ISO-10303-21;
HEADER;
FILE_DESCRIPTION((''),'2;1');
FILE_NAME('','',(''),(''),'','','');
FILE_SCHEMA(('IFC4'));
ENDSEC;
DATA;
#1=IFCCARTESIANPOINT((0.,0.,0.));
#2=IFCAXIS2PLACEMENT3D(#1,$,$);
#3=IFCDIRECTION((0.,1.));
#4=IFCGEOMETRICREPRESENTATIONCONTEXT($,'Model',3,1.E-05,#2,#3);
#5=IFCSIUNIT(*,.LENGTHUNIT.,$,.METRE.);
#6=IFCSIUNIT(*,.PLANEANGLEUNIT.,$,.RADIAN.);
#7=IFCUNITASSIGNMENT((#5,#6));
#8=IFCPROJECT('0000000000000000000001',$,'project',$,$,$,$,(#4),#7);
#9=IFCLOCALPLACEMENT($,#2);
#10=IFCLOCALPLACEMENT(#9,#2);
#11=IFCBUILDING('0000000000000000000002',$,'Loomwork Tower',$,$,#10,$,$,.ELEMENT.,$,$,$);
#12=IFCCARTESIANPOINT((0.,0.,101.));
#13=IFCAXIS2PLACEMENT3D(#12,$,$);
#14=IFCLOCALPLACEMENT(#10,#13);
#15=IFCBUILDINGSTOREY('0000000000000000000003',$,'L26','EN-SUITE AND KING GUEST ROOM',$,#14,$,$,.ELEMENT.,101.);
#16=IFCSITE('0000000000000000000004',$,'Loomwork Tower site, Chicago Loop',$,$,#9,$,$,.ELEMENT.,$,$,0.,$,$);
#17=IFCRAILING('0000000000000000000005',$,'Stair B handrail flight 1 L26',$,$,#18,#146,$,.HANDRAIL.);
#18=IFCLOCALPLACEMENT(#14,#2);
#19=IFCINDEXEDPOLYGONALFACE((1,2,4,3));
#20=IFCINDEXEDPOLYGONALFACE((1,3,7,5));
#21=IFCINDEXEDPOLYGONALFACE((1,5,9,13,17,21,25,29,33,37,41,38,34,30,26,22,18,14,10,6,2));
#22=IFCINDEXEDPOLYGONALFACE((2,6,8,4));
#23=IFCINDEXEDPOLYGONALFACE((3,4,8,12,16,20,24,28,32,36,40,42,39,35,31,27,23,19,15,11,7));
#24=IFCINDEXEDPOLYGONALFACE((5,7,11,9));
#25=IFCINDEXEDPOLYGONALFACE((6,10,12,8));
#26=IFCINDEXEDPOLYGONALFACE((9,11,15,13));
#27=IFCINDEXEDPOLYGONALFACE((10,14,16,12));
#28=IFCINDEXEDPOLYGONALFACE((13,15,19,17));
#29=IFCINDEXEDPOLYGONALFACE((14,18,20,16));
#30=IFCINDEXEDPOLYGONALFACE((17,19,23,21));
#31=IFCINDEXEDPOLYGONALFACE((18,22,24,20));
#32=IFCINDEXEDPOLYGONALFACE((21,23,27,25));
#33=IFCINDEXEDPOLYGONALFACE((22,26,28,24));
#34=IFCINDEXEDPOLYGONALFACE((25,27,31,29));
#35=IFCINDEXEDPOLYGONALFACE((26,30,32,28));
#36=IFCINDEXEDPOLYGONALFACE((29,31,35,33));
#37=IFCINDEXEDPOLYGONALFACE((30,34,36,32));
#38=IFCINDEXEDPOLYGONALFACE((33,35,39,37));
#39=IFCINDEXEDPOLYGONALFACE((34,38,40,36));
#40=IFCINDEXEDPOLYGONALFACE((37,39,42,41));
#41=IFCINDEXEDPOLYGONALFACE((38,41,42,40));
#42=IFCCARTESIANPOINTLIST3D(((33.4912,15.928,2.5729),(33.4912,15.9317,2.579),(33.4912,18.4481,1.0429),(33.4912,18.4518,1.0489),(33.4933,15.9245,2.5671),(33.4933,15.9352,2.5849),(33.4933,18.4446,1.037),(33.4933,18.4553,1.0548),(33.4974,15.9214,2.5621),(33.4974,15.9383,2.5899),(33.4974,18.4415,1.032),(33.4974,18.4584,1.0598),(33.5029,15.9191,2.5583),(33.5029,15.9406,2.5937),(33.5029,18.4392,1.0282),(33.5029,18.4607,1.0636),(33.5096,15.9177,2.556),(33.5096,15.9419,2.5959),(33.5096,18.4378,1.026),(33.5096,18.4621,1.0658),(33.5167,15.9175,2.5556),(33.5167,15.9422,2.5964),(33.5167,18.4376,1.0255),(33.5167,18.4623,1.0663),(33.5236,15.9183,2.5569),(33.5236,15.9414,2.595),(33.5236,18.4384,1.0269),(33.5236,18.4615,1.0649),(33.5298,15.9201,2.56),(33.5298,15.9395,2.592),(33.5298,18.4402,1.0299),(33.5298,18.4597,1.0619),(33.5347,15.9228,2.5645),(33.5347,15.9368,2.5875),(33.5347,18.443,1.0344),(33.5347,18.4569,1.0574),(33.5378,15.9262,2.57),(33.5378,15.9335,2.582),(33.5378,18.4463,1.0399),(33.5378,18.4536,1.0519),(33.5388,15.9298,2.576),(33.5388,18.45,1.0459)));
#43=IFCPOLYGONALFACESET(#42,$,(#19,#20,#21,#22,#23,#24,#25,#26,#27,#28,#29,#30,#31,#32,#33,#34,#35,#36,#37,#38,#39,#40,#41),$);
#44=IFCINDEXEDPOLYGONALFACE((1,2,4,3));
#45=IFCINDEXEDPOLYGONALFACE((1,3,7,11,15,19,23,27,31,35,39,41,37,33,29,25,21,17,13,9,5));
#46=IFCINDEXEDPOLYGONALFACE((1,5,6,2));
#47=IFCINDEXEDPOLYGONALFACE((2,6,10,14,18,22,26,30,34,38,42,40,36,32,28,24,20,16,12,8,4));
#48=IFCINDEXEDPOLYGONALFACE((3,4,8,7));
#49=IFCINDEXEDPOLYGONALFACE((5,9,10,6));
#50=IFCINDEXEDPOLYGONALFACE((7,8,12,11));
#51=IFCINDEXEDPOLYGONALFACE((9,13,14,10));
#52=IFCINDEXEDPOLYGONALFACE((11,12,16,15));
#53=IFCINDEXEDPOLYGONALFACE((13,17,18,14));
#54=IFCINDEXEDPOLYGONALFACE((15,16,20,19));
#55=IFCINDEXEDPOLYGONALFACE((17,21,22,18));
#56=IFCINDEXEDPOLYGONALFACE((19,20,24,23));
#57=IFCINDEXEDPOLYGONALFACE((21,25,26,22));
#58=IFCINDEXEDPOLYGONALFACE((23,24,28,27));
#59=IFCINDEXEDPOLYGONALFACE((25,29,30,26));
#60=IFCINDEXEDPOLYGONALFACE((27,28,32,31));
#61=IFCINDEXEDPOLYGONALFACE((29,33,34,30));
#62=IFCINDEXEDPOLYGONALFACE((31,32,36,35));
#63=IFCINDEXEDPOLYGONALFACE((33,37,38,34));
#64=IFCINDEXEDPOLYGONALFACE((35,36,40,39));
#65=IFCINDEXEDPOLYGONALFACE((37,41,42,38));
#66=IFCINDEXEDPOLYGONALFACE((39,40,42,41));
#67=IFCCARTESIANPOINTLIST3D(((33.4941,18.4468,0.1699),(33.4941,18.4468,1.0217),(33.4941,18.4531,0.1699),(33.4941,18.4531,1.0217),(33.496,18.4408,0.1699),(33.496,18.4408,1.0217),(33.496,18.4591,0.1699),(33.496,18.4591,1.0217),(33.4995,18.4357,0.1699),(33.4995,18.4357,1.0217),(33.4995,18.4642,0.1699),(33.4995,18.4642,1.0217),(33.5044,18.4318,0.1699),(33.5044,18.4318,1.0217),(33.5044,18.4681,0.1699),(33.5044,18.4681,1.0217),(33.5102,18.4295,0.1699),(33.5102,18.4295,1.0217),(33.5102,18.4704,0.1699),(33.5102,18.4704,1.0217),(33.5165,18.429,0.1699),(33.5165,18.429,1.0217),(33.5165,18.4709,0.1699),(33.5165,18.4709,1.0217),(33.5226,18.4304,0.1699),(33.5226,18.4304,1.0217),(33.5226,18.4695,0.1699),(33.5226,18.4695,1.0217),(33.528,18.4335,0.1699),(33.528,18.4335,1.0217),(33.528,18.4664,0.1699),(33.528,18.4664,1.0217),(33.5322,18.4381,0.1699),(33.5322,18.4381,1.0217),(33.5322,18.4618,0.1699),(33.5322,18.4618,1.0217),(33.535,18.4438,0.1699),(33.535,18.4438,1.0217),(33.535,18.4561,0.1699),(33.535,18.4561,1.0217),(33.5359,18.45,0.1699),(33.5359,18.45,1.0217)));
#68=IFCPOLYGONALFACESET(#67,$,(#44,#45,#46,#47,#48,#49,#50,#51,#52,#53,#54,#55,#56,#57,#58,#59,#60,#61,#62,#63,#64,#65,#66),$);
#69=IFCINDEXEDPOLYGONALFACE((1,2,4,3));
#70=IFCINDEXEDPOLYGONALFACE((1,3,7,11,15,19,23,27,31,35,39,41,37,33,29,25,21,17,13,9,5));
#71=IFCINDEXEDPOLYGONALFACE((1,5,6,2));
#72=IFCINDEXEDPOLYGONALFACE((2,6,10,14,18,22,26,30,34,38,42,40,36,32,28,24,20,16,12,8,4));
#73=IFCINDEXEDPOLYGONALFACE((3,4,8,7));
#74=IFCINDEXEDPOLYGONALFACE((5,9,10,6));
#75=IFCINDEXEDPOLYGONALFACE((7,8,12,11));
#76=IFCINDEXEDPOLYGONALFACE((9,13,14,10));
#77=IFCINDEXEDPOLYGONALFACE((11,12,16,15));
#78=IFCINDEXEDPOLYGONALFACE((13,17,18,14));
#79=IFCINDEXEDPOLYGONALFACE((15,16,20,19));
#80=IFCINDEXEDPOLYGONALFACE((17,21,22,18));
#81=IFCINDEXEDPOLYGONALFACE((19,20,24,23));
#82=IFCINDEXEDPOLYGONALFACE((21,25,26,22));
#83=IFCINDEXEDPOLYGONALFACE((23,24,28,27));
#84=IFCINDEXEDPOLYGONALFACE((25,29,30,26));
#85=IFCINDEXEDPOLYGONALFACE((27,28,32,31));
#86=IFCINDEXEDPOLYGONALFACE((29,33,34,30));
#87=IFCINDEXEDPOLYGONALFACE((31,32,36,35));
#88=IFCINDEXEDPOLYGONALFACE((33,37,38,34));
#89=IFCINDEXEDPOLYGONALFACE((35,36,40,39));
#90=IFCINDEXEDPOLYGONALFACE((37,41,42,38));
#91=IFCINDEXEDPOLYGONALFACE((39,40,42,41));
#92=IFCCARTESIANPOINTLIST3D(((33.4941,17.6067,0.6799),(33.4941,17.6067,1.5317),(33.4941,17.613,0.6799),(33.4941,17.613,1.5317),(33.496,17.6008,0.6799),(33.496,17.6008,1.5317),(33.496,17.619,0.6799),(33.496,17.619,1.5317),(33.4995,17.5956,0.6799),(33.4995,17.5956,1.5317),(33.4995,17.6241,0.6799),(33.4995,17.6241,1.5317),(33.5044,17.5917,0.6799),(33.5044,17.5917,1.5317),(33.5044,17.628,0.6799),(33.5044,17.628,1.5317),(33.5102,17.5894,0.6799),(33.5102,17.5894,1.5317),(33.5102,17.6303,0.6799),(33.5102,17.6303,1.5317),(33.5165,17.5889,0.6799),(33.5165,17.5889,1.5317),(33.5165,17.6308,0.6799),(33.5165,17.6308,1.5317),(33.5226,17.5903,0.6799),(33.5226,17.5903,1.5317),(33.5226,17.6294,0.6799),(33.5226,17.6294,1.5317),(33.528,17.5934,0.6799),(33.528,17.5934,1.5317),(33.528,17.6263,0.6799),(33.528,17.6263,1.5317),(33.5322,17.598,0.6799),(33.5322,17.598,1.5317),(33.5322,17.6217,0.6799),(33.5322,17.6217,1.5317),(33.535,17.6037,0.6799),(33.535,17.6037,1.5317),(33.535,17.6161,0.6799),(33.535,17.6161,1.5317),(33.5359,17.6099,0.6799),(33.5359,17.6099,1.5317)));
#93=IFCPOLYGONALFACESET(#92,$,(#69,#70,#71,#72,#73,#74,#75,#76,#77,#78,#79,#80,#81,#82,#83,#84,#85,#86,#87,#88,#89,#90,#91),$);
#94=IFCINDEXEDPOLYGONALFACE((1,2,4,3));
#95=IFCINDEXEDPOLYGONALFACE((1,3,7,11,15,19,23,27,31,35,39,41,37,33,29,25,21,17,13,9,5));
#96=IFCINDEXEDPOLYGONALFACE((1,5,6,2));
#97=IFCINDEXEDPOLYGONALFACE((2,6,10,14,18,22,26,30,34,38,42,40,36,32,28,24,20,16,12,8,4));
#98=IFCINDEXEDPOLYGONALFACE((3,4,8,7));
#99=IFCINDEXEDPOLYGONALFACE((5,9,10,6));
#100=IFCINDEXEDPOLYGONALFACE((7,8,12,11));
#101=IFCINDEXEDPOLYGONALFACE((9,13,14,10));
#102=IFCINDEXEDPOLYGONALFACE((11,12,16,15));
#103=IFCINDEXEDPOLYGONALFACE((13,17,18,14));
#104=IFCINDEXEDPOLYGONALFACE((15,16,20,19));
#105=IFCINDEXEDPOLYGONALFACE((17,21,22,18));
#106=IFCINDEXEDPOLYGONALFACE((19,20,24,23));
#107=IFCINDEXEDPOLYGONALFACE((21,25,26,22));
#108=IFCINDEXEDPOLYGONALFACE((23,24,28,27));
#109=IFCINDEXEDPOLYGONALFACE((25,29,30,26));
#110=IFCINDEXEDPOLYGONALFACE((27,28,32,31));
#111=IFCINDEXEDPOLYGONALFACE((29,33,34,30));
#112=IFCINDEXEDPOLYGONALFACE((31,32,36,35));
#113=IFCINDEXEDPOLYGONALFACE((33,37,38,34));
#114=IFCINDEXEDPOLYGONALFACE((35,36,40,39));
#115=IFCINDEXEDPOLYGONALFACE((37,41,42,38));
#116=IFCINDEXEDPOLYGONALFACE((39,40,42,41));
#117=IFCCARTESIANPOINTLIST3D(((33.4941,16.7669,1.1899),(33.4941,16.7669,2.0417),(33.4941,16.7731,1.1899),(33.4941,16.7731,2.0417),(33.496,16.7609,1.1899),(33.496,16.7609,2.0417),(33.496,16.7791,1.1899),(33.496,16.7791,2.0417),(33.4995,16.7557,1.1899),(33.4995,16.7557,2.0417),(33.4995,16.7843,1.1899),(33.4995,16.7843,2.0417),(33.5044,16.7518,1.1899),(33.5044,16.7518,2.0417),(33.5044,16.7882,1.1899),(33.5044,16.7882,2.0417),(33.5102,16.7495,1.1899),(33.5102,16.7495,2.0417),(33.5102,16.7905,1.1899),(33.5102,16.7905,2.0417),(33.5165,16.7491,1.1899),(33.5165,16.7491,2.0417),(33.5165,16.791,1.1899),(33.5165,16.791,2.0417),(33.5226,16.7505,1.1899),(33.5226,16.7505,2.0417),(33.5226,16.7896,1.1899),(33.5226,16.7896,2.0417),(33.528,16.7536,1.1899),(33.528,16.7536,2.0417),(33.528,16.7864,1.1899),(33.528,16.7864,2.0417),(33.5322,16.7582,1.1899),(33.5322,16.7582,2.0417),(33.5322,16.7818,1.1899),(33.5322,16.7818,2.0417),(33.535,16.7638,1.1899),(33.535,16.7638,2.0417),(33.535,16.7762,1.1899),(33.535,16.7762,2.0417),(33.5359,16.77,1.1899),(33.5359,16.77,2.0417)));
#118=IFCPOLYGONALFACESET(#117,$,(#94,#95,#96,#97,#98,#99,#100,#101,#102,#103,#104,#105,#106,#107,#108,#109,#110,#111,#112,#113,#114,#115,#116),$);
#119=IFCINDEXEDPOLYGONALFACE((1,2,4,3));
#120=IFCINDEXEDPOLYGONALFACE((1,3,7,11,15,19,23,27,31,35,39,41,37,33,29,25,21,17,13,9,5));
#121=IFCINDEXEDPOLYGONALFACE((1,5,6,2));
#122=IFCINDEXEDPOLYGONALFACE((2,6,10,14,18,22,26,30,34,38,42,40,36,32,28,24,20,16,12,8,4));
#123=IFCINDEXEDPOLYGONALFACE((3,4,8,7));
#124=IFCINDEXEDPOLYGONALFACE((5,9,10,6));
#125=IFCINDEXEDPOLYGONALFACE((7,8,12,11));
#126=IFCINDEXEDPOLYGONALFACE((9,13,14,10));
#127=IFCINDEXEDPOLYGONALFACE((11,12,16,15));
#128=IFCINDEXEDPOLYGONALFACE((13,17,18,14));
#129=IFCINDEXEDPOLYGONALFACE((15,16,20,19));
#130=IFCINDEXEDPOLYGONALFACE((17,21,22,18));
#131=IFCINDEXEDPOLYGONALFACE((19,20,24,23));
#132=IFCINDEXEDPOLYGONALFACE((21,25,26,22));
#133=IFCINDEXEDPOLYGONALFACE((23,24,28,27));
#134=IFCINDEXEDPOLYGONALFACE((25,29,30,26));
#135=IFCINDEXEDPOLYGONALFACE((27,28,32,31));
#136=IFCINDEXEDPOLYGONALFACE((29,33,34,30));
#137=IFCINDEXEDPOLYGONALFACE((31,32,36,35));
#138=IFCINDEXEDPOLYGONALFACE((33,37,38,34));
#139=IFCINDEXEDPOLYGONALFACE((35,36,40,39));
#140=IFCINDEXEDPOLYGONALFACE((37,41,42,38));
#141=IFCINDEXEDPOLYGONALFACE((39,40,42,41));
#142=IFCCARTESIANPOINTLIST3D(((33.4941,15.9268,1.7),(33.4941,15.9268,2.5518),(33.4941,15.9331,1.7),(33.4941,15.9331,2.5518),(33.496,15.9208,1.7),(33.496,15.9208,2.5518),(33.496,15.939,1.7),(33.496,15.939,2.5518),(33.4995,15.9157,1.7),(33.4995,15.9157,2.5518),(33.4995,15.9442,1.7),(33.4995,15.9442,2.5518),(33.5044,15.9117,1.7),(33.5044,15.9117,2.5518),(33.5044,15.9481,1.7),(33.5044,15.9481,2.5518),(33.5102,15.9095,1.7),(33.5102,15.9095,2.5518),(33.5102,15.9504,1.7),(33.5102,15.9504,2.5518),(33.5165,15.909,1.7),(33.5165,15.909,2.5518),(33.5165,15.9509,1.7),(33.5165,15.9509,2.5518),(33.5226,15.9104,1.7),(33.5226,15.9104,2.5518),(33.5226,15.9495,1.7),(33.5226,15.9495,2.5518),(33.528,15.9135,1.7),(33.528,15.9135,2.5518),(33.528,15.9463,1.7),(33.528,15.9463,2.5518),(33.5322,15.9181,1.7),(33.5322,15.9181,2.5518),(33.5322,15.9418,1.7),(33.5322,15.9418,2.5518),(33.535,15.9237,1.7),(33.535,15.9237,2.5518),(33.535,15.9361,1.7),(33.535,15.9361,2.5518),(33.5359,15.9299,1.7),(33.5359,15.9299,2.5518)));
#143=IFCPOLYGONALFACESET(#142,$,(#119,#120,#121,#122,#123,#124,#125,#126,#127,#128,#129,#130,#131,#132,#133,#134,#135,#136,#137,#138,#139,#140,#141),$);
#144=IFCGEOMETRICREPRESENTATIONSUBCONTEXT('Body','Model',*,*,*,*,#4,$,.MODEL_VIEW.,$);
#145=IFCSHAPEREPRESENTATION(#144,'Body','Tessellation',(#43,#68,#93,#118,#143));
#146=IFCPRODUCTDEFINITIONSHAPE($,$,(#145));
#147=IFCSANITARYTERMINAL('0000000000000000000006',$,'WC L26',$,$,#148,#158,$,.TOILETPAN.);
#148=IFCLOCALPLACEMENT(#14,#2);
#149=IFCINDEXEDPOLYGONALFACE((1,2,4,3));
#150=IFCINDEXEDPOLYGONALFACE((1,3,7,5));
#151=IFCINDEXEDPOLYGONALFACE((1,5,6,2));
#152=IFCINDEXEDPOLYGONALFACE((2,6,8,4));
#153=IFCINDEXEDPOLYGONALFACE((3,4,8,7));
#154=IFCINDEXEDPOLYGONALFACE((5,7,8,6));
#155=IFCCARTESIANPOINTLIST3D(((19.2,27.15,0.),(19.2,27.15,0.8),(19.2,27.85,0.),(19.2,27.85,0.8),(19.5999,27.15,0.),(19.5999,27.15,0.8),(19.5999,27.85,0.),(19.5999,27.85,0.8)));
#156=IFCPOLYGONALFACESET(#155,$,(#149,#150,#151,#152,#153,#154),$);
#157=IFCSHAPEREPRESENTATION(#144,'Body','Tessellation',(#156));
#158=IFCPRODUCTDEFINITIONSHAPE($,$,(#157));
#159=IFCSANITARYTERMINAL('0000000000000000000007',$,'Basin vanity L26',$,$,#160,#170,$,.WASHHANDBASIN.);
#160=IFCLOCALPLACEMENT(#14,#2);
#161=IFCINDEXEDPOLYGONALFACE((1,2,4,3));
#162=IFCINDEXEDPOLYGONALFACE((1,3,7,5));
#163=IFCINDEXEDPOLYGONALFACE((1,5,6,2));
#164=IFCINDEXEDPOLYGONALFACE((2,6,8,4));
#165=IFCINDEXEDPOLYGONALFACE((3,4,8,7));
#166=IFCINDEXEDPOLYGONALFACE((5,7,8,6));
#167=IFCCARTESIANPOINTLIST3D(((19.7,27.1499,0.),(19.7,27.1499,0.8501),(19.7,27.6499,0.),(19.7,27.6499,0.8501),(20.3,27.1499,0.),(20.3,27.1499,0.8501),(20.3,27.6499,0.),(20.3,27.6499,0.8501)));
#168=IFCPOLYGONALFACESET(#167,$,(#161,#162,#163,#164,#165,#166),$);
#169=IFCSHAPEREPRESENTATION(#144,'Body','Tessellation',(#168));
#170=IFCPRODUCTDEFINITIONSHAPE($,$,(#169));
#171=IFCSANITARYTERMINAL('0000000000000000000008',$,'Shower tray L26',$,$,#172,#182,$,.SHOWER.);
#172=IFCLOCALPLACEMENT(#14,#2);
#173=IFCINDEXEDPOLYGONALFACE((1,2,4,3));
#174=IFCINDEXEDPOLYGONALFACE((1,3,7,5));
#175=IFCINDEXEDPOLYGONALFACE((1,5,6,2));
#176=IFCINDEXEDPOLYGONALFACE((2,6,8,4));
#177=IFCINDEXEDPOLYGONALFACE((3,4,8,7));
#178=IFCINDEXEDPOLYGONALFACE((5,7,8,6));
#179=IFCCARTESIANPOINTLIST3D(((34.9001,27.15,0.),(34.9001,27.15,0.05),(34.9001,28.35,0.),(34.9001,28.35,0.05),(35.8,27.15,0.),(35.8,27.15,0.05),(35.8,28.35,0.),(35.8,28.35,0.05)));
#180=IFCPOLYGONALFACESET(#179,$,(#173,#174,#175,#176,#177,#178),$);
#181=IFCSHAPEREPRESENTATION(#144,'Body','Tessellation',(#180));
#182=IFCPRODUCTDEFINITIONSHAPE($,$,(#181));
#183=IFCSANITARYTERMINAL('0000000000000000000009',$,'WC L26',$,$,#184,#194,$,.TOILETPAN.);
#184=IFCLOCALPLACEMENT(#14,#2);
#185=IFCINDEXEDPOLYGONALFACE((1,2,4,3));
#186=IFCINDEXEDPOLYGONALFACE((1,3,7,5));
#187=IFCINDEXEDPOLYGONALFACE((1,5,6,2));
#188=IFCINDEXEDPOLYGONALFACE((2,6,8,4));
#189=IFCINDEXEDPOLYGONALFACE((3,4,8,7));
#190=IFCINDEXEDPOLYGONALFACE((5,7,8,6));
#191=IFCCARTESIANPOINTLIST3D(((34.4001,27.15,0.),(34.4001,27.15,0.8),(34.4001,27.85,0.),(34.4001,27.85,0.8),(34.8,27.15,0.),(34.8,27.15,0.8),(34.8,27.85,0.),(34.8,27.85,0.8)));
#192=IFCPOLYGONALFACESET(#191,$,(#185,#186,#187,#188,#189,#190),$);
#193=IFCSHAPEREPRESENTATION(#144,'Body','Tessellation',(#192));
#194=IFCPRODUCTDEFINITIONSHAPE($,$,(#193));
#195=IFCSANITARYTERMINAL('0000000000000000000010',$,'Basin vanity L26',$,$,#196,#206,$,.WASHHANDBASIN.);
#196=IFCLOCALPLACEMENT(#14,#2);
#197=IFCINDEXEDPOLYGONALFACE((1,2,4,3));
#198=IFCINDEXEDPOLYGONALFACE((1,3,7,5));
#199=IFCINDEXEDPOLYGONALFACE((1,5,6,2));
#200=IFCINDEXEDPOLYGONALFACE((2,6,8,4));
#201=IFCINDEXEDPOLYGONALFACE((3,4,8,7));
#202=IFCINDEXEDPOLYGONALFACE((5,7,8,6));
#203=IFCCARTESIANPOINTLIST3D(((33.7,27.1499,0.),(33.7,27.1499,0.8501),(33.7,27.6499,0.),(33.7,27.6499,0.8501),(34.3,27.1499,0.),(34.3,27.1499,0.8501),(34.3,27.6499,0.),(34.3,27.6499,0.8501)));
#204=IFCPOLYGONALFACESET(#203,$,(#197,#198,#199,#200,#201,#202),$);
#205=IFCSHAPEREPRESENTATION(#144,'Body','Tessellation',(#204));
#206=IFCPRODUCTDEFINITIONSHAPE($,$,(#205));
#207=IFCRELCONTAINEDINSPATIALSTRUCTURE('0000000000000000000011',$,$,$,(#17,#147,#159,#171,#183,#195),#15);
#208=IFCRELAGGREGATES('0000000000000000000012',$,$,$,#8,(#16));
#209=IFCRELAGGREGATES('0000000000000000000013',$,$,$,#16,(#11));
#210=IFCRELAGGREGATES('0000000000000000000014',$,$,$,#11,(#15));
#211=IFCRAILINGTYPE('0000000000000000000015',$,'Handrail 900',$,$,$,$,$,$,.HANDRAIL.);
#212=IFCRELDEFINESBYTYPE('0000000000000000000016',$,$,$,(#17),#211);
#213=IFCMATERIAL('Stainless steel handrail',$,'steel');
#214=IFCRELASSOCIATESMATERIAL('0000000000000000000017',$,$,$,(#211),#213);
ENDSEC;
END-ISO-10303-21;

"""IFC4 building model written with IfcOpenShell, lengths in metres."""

from ifc_helpers import new_model, si_unit, direction, frame, origin, origin_2d, place, context, subcontext, project, spatial, rectangle, circle, extrude, material, type_object, element, save


model = new_model("IFC4")

# Units and contexts
model_context = context("Model", 3, precision=1e-05, world=origin(), true_north=direction((0.0, 1.0)))
body_context = subcontext(model_context, "Body", "Model", "MODEL_VIEW")
ifc_project = project(units=[si_unit("LENGTHUNIT", "METRE"), si_unit("PLANEANGLEUNIT", "RADIAN")], contexts=[model_context])

# Site, building, storey
site_placement = place(None, origin())
site = spatial("IfcSite", under=ifc_project, at=site_placement, Name="Loomwork Tower site, Chicago Loop", CompositionType="ELEMENT", RefElevation=0.0)
building_placement = place(site_placement, origin())
building = spatial("IfcBuilding", under=site, at=building_placement, Name="Loomwork Tower", CompositionType="ELEMENT")
storey_placement = place(building_placement, frame((0.0, 0.0, 101.0)))
storey = spatial("IfcBuildingStorey", under=building, at=storey_placement, Name="L26", Description="EN-SUITE AND KING GUEST ROOM", CompositionType="ELEMENT", Elevation=101.0)

# Railing
ifc_material_1 = material(Name="Stainless steel handrail", Category="steel")
railing_type = type_object("IfcRailingType", Name="Handrail 900", PredefinedType="HANDRAIL", material=ifc_material_1)
railing_placement = place(storey_placement, frame((33.5149, 18.45, 0.1699)))
element("IfcRailing", 1, at=railing_placement, inside=storey, type_object=railing_type, Name="Stair B handrail flight 1 L26", PredefinedType="HANDRAIL", context=body_context, shape_type="SweptSolid", body=[
    extrude(circle(Radius=0.0239, at=origin_2d()), frame((0.0, 0.0, 0.876), z_axis=(0.0, -0.854785, 0.518982), x_axis=(1.0, 0.0, 0.0)), (0.0, 0.0, 1.0), 2.9482),
    extrude(circle(Radius=0.021, at=origin_2d()), origin(), (0.0, 0.0, 1.0), 0.8518),
    extrude(circle(Radius=0.021, at=origin_2d()), frame((0.0, -0.8401, 0.51)), (0.0, 0.0, 1.0), 0.8518),
    extrude(circle(Radius=0.021, at=origin_2d()), frame((0.0, -1.6799, 1.02)), (0.0, 0.0, 1.0), 0.8518),
    extrude(circle(Radius=0.021, at=origin_2d()), frame((0.0, -2.52, 1.53)), (0.0, 0.0, 1.0), 0.8518),
])

# Sanitary terminals
sanitary_terminal_1_placement = place(storey_placement, frame((19.3999, 27.5, 0.0), z_axis=(0.0, 0.0, 1.0), x_axis=(1.0, 0.0, 0.0)))
element("IfcSanitaryTerminal", 2, at=sanitary_terminal_1_placement, inside=storey, Name="WC L26", PredefinedType="TOILETPAN", context=body_context, shape_type="SweptSolid", body=[
    extrude(rectangle(XDim=0.3999, YDim=0.7, at=origin_2d()), origin(), (0.0, 0.0, 1.0), 0.8),
])
sanitary_terminal_2_placement = place(storey_placement, frame((20.0, 27.3999, 0.0), z_axis=(0.0, 0.0, 1.0), x_axis=(1.0, 0.0, 0.0)))
element("IfcSanitaryTerminal", 3, at=sanitary_terminal_2_placement, inside=storey, Name="Basin vanity L26", PredefinedType="WASHHANDBASIN", context=body_context, shape_type="SweptSolid", body=[
    extrude(rectangle(XDim=0.6001, YDim=0.5, at=origin_2d()), origin(), (0.0, 0.0, 1.0), 0.8501),
])
sanitary_terminal_3_placement = place(storey_placement, frame((35.3501, 27.75, 0.0), z_axis=(0.0, 0.0, 1.0), x_axis=(1.0, 0.0, 0.0)))
element("IfcSanitaryTerminal", 4, at=sanitary_terminal_3_placement, inside=storey, Name="Shower tray L26", PredefinedType="SHOWER", context=body_context, shape_type="SweptSolid", body=[
    extrude(rectangle(XDim=0.8999, YDim=1.2, at=origin_2d()), origin(), (0.0, 0.0, 1.0), 0.05),
])
sanitary_terminal_4_placement = place(storey_placement, frame((34.6001, 27.5, 0.0), z_axis=(0.0, 0.0, 1.0), x_axis=(1.0, 0.0, 0.0)))
element("IfcSanitaryTerminal", 5, at=sanitary_terminal_4_placement, inside=storey, Name="WC L26", PredefinedType="TOILETPAN", context=body_context, shape_type="SweptSolid", body=[
    extrude(rectangle(XDim=0.3999, YDim=0.7, at=origin_2d()), origin(), (0.0, 0.0, 1.0), 0.8),
])
sanitary_terminal_5_placement = place(storey_placement, frame((34.0, 27.3999, 0.0), z_axis=(0.0, 0.0, 1.0), x_axis=(1.0, 0.0, 0.0)))
element("IfcSanitaryTerminal", 6, at=sanitary_terminal_5_placement, inside=storey, Name="Basin vanity L26", PredefinedType="WASHHANDBASIN", context=body_context, shape_type="SweptSolid", body=[
    extrude(rectangle(XDim=0.6001, YDim=0.5, at=origin_2d()), origin(), (0.0, 0.0, 1.0), 0.8501),
])

save(model, "model.ifc")
